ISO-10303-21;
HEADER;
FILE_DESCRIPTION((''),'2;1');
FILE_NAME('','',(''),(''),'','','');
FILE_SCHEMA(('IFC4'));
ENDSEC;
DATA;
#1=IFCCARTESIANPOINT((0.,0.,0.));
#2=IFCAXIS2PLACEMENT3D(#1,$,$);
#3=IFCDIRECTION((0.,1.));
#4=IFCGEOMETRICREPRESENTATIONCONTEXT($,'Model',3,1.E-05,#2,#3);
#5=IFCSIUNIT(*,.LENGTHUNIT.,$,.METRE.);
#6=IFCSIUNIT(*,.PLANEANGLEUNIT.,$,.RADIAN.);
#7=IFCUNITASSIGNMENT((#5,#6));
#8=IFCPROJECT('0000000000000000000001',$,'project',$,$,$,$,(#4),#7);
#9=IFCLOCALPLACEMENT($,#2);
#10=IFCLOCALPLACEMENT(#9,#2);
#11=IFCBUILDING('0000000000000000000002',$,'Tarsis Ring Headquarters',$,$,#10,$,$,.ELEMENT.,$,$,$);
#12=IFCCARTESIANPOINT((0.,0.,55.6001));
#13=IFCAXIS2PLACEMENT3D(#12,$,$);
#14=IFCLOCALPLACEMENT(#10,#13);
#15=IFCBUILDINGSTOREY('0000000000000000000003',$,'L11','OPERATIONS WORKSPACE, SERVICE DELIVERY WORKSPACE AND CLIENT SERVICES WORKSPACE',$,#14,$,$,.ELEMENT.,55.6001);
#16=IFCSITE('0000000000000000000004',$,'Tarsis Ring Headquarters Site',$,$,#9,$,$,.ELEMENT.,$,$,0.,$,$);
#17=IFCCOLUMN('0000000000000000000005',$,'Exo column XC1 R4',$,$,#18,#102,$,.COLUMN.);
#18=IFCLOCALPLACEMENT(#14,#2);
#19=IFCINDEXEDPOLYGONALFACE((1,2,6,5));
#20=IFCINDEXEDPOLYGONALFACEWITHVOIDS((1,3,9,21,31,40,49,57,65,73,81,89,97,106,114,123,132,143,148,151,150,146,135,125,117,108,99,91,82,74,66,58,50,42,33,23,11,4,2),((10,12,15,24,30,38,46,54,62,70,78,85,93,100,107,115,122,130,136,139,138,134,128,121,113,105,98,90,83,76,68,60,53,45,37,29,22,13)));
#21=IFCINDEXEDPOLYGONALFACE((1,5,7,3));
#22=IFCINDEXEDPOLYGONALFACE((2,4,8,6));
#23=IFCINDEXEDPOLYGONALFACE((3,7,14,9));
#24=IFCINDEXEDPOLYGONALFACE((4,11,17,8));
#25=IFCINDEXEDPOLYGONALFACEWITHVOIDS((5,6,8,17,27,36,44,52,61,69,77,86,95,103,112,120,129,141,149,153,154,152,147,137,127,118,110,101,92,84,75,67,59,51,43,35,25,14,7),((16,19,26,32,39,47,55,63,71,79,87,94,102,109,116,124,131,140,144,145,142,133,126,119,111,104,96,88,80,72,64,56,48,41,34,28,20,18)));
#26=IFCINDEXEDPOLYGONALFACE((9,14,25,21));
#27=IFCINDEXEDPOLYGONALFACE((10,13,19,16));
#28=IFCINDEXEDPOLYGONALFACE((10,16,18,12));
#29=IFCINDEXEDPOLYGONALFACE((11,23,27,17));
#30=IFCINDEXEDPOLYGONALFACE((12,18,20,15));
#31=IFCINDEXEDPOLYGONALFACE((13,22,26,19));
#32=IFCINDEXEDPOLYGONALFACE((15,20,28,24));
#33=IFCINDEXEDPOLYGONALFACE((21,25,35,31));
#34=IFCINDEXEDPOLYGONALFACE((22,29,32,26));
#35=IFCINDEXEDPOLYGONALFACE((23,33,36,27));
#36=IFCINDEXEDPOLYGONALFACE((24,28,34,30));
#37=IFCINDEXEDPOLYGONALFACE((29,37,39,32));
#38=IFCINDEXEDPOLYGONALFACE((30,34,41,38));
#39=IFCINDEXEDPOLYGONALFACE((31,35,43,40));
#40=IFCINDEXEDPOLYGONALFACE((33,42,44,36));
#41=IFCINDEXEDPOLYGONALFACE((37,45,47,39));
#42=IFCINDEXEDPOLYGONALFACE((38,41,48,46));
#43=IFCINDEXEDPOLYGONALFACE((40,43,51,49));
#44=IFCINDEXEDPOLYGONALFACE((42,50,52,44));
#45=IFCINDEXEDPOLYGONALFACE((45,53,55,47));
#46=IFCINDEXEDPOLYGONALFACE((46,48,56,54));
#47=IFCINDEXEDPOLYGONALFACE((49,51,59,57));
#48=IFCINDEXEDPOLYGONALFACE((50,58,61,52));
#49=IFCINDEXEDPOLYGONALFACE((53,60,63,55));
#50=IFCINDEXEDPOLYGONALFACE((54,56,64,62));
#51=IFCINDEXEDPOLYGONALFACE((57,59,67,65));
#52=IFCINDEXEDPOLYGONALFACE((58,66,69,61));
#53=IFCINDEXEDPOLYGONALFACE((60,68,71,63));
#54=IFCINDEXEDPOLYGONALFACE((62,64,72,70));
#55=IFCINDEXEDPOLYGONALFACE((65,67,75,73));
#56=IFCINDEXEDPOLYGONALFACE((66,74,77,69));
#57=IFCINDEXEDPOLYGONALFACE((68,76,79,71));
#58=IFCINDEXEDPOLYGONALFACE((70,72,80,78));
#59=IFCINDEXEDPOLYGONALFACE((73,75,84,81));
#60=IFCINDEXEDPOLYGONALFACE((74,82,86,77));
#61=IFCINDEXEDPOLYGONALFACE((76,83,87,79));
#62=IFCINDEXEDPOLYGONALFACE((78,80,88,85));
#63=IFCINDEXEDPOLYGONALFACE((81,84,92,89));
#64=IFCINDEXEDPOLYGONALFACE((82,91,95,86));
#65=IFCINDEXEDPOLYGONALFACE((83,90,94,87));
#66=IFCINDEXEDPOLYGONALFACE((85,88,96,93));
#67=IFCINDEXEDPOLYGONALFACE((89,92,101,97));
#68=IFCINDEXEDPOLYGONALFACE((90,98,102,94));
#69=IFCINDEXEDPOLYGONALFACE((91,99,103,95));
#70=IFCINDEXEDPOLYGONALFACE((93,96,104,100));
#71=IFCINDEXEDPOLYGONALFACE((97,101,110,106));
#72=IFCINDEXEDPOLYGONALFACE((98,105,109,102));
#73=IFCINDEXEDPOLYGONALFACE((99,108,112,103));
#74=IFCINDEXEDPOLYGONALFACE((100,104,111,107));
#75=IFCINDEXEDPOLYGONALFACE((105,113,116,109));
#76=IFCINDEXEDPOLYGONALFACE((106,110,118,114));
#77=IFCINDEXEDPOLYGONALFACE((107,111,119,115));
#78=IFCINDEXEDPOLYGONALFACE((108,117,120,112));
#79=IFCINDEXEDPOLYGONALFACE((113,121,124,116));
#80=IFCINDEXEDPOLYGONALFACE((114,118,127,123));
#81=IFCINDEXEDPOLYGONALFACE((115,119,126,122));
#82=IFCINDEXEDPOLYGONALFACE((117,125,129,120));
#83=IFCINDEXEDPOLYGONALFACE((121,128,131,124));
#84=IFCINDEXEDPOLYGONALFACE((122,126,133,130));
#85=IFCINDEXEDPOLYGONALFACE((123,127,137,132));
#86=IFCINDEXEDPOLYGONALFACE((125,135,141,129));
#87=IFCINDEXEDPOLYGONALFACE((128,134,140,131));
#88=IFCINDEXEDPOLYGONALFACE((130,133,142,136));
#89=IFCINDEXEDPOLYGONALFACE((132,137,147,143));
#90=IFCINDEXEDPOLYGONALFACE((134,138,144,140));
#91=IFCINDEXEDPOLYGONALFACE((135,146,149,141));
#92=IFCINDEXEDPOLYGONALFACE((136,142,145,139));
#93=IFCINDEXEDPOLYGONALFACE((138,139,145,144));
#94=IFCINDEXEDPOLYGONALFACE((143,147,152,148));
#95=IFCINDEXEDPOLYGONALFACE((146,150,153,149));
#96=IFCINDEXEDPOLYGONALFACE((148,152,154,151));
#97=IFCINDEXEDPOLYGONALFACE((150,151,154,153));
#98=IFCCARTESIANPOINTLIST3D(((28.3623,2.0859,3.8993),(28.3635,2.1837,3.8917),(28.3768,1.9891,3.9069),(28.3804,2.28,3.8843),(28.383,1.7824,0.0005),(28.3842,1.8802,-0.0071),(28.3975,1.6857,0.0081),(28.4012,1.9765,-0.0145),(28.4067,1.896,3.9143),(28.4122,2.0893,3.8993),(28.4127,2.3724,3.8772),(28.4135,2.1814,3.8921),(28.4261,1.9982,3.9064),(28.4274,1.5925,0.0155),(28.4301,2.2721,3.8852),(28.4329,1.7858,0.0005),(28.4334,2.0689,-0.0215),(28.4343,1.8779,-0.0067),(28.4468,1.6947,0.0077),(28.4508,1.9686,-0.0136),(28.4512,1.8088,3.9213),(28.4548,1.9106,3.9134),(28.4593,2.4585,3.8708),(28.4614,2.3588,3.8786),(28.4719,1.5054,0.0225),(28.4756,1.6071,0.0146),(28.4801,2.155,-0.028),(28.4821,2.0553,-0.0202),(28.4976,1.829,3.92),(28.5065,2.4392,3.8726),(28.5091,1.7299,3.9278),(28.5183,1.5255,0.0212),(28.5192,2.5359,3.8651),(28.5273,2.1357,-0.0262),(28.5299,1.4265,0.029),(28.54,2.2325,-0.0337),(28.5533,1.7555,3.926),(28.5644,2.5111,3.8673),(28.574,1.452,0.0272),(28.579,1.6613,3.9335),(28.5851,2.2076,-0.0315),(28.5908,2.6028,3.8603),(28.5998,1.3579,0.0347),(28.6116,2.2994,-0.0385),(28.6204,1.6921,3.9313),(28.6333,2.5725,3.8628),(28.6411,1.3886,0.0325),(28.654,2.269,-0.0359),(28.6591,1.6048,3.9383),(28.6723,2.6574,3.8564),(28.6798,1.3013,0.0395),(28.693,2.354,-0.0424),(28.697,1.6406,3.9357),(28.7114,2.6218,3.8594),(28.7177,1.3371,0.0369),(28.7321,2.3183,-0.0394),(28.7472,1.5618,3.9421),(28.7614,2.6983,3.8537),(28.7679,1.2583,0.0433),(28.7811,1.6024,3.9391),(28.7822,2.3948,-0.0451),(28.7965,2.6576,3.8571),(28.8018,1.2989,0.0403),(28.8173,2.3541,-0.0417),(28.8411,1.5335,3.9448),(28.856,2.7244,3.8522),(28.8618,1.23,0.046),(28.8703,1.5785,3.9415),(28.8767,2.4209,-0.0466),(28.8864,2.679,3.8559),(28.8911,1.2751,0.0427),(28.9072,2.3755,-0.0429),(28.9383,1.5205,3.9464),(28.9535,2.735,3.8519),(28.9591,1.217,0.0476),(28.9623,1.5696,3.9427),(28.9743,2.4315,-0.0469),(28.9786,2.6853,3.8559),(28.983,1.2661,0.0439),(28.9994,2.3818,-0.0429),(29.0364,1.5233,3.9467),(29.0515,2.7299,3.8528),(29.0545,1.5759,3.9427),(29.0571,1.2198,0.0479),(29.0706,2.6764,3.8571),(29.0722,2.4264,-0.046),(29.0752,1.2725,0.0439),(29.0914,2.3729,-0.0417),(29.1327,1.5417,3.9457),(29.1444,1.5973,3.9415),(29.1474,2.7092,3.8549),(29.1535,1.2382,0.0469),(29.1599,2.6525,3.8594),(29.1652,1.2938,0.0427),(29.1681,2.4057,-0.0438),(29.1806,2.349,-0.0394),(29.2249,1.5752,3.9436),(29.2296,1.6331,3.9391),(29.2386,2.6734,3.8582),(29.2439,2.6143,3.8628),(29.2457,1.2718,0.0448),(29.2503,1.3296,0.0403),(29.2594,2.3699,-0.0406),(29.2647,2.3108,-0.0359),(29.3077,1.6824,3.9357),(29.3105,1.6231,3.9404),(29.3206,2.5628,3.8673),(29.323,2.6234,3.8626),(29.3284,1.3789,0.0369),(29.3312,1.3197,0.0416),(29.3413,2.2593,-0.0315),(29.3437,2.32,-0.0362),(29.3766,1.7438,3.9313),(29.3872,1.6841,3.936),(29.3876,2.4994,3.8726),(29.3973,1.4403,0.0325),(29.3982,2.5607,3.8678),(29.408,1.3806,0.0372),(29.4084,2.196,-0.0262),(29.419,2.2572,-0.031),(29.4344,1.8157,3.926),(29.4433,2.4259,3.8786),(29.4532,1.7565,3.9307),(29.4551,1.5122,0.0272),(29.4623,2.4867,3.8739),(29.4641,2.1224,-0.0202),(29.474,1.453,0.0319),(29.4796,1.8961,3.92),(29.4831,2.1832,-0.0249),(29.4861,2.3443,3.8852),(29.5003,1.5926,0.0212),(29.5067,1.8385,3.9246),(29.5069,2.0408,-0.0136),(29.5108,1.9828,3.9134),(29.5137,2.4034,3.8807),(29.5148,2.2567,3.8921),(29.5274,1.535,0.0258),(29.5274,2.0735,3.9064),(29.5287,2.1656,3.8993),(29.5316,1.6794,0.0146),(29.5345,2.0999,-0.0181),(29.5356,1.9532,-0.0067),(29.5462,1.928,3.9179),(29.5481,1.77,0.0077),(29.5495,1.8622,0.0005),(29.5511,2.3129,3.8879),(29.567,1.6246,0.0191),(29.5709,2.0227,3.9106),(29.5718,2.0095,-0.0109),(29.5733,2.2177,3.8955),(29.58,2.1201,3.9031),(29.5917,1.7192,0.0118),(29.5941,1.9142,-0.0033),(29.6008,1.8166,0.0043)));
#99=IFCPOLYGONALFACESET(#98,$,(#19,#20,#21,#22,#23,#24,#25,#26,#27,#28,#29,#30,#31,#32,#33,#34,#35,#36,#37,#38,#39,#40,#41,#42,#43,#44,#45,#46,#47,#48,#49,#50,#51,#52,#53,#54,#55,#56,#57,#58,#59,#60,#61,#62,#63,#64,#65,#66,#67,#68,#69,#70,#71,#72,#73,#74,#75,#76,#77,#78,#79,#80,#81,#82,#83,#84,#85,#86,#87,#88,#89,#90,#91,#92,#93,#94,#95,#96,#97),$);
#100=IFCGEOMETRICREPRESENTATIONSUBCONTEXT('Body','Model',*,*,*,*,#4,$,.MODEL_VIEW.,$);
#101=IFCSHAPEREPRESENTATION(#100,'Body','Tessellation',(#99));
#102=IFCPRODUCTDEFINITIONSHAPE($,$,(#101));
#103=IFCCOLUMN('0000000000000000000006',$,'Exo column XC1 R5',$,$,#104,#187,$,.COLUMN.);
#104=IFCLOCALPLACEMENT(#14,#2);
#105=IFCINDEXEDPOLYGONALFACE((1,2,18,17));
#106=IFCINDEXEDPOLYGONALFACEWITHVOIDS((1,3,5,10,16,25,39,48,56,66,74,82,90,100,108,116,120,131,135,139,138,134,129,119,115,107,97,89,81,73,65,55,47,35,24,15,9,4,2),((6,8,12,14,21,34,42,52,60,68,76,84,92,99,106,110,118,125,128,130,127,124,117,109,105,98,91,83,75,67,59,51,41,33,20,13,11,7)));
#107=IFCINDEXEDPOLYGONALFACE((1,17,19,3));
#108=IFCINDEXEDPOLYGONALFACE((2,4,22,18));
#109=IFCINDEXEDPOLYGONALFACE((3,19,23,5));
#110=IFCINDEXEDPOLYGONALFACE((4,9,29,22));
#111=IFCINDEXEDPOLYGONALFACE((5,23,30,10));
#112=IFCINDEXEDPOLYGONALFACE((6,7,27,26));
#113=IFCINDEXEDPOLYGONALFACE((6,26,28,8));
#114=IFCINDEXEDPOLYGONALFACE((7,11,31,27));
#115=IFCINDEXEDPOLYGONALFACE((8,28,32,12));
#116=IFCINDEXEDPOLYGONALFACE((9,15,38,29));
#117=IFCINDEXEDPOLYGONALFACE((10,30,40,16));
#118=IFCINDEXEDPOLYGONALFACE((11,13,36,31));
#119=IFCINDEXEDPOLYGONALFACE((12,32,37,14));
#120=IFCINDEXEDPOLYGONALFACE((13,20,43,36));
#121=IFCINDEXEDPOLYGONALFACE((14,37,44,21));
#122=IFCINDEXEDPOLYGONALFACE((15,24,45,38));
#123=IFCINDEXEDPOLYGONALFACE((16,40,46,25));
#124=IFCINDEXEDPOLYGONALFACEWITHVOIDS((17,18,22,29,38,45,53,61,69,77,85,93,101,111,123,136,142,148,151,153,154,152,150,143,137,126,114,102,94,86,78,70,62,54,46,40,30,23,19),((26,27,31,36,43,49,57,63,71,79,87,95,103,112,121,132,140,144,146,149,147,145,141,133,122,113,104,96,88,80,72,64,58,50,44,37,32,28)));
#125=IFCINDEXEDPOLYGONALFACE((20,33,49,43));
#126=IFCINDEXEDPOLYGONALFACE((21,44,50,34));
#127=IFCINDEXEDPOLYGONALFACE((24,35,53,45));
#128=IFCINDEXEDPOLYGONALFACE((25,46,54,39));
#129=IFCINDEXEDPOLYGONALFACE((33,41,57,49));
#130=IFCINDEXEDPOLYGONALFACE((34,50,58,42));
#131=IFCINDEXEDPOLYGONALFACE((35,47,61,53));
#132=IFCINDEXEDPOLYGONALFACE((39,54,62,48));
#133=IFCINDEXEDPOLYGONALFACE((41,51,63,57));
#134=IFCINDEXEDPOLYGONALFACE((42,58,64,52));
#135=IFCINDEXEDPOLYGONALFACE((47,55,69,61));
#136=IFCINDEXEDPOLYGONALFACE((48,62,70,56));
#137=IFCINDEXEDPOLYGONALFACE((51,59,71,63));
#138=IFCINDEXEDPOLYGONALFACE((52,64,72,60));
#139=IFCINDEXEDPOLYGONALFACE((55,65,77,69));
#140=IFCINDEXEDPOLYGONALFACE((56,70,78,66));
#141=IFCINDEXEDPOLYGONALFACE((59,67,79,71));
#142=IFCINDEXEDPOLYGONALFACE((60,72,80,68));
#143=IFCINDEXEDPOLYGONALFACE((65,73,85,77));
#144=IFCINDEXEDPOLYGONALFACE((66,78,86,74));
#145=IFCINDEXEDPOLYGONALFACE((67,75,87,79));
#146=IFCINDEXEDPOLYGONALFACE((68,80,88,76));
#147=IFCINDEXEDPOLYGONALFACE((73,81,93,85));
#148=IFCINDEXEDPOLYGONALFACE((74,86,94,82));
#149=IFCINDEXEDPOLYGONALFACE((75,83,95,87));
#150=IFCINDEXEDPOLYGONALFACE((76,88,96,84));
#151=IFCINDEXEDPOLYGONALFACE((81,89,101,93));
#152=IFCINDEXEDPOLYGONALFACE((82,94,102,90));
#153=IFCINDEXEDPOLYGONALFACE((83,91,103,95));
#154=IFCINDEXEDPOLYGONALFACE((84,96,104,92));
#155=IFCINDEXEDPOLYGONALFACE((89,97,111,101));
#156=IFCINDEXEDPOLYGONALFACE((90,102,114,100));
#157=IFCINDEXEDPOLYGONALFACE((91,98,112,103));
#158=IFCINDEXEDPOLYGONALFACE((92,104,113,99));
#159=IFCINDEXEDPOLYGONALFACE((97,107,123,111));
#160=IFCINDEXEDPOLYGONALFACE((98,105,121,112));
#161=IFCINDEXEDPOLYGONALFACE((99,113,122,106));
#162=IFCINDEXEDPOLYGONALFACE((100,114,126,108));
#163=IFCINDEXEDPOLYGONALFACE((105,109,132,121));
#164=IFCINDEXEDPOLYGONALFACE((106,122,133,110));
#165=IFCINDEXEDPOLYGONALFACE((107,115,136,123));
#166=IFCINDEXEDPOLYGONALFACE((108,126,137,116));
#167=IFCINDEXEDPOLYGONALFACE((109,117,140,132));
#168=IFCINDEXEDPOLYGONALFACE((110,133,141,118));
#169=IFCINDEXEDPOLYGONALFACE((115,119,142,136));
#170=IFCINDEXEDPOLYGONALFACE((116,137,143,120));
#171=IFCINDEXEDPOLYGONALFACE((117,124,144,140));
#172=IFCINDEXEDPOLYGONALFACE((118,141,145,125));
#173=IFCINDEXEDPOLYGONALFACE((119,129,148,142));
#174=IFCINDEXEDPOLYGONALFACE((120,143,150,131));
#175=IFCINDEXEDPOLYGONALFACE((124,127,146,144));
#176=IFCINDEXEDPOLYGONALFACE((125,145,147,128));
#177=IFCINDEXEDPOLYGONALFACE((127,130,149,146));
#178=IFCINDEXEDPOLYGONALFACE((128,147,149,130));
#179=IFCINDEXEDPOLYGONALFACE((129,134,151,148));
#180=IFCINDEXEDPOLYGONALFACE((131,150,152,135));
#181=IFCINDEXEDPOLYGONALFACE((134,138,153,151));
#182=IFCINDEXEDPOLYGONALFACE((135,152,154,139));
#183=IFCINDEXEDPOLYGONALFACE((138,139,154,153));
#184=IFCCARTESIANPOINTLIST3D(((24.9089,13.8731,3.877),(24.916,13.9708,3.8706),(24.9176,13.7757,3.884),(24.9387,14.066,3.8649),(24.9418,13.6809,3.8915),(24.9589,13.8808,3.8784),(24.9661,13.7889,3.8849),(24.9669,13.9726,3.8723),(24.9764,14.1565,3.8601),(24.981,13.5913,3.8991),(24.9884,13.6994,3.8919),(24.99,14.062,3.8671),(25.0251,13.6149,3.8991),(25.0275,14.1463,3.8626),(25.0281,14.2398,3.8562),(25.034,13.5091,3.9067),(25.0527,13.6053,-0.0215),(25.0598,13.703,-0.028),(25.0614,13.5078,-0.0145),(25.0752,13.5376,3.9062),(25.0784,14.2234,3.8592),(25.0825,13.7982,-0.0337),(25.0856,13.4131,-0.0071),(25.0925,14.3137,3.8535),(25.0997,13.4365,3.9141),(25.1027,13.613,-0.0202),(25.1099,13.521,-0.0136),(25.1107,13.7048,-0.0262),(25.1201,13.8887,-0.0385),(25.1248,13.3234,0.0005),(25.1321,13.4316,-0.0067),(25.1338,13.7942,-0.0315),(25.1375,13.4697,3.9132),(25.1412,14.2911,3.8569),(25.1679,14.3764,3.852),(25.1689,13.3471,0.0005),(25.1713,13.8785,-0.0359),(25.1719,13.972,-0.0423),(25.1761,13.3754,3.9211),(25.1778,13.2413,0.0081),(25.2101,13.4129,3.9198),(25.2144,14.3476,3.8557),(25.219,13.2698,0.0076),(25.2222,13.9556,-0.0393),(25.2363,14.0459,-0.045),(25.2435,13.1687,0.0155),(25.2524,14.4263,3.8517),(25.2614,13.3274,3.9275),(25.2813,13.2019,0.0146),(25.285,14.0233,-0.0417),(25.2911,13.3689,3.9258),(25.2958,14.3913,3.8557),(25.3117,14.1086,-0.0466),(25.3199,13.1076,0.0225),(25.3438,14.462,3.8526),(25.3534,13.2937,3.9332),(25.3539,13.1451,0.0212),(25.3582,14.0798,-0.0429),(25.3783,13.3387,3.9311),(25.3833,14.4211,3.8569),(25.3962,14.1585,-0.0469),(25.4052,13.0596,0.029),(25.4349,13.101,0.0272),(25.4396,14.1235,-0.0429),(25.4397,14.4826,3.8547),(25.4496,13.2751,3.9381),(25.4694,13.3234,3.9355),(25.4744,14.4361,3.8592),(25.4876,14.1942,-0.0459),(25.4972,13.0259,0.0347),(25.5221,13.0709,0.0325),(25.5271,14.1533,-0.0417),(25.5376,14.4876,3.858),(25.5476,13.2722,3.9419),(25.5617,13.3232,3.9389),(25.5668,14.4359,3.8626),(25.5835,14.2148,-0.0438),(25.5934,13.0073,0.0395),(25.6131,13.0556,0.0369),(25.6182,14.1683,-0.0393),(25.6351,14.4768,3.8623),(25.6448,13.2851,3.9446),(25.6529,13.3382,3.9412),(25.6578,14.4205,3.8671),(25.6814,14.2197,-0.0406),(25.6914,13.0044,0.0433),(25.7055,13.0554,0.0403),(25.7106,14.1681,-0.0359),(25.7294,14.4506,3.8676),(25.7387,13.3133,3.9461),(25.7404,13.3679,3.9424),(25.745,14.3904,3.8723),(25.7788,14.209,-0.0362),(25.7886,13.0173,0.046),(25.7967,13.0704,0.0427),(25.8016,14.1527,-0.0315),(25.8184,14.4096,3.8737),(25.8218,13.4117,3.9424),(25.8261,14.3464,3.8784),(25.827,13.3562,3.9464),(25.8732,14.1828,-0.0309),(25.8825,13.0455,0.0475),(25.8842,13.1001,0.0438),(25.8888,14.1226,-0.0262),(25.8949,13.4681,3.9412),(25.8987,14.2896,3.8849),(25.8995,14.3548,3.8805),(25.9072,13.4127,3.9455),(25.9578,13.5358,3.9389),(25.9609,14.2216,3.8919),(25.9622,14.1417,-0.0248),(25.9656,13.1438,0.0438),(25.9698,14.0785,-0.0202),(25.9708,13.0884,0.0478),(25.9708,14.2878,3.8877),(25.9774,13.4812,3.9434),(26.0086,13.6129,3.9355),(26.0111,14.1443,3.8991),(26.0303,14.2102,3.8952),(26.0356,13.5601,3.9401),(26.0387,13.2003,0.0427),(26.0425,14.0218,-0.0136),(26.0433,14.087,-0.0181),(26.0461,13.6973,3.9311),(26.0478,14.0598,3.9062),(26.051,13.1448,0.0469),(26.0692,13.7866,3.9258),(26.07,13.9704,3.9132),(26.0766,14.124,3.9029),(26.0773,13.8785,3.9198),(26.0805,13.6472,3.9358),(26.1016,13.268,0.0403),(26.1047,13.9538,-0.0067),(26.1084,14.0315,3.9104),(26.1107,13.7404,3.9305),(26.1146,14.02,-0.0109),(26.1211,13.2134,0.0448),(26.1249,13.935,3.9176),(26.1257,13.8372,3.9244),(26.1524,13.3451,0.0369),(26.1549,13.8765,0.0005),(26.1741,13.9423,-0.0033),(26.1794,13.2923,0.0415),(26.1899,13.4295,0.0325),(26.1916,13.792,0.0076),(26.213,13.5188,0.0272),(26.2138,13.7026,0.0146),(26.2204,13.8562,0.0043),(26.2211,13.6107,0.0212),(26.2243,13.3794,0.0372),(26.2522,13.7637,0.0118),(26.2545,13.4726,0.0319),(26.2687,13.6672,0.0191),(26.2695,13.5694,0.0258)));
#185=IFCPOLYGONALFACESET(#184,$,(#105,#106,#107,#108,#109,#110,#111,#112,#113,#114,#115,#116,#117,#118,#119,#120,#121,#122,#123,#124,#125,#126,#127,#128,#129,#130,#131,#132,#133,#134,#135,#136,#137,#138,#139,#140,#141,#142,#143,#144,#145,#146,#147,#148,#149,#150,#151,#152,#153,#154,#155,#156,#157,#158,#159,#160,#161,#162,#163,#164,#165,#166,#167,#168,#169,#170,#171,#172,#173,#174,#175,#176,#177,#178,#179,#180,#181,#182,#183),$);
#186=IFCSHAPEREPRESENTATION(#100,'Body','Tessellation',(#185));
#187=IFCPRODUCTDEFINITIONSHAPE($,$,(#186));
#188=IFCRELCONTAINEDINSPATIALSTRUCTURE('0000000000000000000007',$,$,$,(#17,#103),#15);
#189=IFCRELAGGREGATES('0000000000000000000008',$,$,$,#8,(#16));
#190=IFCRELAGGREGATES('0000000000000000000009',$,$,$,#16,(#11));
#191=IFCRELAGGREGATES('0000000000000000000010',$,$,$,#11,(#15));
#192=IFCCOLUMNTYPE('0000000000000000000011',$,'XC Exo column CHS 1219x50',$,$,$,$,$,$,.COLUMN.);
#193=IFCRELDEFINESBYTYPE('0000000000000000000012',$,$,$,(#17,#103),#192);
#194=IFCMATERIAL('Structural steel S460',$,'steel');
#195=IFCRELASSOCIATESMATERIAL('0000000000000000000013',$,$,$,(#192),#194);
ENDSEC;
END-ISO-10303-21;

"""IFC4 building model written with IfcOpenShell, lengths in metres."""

from ifc_helpers import new_model, si_unit, direction, frame, origin, origin_2d, place, context, subcontext, project, spatial, hollow_circle, extrude, material, material_profile, profile_set, type_object, element, save


model = new_model("IFC4")

# Units and contexts
model_context = context("Model", 3, precision=1e-05, world=origin(), true_north=direction((0.0, 1.0)))
body_context = subcontext(model_context, "Body", "Model", "MODEL_VIEW")
ifc_project = project(units=[si_unit("LENGTHUNIT", "METRE"), si_unit("PLANEANGLEUNIT", "RADIAN")], contexts=[model_context])

# Site, building, storey
site_placement = place(None, origin())
site = spatial("IfcSite", under=ifc_project, at=site_placement, Name="Tarsis Ring Headquarters Site", CompositionType="ELEMENT", RefElevation=0.0)
building_placement = place(site_placement, origin())
building = spatial("IfcBuilding", under=site, at=building_placement, Name="Tarsis Ring Headquarters", CompositionType="ELEMENT")
storey_placement = place(building_placement, frame((0.0, 0.0, 55.6001)))
storey = spatial("IfcBuildingStorey", under=building, at=storey_placement, Name="L11", Description="OPERATIONS WORKSPACE, SERVICE DELIVERY WORKSPACE AND CLIENT SERVICES WORKSPACE", CompositionType="ELEMENT", Elevation=55.6001)

# Columns
ifc_material_1 = material(Name="Structural steel S460", Category="steel")
ifc_material_profile_1 = material_profile(ifc_material_1, hollow_circle(Radius=0.6096, WallThickness=0.05, at=origin_2d()), Name="CHS 1219x50")
ifc_profile_set_1 = profile_set([ifc_material_profile_1], Name="Structural steel S460")
column_type = type_object("IfcColumnType", Name="XC Exo column CHS 1219x50", PredefinedType="COLUMN", material=ifc_profile_set_1)
column_1_placement = place(storey_placement, frame((28.9912, 1.824, 0.0005), z_axis=(-0.005307, 0.077602, 0.99697), x_axis=(-0.99767, -0.068224, 0.0)))
element("IfcColumn", 1, at=column_1_placement, inside=storey, type_object=column_type, Name="Exo column XC1 R4", PredefinedType="COLUMN", context=body_context, shape_type="SweptSolid", body=[
    extrude(hollow_circle(Radius=0.6096, WallThickness=0.05, at=origin_2d()), origin(), (0.0, 0.0, 1.0), 3.9106),
])
column_2_placement = place(storey_placement, frame((25.6619, 13.6118, 0.0005), z_axis=(-0.036772, 0.068488, 0.996974), x_axis=(-0.881038, -0.473046, 0.0)))
element("IfcColumn", 2, at=column_2_placement, inside=storey, type_object=column_type, Name="Exo column XC1 R5", PredefinedType="COLUMN", context=body_context, shape_type="SweptSolid", body=[
    extrude(hollow_circle(Radius=0.6096, WallThickness=0.05, at=origin_2d()), origin(), (0.0, 0.0, 1.0), 3.9104),
])

save(model, "model.ifc")
